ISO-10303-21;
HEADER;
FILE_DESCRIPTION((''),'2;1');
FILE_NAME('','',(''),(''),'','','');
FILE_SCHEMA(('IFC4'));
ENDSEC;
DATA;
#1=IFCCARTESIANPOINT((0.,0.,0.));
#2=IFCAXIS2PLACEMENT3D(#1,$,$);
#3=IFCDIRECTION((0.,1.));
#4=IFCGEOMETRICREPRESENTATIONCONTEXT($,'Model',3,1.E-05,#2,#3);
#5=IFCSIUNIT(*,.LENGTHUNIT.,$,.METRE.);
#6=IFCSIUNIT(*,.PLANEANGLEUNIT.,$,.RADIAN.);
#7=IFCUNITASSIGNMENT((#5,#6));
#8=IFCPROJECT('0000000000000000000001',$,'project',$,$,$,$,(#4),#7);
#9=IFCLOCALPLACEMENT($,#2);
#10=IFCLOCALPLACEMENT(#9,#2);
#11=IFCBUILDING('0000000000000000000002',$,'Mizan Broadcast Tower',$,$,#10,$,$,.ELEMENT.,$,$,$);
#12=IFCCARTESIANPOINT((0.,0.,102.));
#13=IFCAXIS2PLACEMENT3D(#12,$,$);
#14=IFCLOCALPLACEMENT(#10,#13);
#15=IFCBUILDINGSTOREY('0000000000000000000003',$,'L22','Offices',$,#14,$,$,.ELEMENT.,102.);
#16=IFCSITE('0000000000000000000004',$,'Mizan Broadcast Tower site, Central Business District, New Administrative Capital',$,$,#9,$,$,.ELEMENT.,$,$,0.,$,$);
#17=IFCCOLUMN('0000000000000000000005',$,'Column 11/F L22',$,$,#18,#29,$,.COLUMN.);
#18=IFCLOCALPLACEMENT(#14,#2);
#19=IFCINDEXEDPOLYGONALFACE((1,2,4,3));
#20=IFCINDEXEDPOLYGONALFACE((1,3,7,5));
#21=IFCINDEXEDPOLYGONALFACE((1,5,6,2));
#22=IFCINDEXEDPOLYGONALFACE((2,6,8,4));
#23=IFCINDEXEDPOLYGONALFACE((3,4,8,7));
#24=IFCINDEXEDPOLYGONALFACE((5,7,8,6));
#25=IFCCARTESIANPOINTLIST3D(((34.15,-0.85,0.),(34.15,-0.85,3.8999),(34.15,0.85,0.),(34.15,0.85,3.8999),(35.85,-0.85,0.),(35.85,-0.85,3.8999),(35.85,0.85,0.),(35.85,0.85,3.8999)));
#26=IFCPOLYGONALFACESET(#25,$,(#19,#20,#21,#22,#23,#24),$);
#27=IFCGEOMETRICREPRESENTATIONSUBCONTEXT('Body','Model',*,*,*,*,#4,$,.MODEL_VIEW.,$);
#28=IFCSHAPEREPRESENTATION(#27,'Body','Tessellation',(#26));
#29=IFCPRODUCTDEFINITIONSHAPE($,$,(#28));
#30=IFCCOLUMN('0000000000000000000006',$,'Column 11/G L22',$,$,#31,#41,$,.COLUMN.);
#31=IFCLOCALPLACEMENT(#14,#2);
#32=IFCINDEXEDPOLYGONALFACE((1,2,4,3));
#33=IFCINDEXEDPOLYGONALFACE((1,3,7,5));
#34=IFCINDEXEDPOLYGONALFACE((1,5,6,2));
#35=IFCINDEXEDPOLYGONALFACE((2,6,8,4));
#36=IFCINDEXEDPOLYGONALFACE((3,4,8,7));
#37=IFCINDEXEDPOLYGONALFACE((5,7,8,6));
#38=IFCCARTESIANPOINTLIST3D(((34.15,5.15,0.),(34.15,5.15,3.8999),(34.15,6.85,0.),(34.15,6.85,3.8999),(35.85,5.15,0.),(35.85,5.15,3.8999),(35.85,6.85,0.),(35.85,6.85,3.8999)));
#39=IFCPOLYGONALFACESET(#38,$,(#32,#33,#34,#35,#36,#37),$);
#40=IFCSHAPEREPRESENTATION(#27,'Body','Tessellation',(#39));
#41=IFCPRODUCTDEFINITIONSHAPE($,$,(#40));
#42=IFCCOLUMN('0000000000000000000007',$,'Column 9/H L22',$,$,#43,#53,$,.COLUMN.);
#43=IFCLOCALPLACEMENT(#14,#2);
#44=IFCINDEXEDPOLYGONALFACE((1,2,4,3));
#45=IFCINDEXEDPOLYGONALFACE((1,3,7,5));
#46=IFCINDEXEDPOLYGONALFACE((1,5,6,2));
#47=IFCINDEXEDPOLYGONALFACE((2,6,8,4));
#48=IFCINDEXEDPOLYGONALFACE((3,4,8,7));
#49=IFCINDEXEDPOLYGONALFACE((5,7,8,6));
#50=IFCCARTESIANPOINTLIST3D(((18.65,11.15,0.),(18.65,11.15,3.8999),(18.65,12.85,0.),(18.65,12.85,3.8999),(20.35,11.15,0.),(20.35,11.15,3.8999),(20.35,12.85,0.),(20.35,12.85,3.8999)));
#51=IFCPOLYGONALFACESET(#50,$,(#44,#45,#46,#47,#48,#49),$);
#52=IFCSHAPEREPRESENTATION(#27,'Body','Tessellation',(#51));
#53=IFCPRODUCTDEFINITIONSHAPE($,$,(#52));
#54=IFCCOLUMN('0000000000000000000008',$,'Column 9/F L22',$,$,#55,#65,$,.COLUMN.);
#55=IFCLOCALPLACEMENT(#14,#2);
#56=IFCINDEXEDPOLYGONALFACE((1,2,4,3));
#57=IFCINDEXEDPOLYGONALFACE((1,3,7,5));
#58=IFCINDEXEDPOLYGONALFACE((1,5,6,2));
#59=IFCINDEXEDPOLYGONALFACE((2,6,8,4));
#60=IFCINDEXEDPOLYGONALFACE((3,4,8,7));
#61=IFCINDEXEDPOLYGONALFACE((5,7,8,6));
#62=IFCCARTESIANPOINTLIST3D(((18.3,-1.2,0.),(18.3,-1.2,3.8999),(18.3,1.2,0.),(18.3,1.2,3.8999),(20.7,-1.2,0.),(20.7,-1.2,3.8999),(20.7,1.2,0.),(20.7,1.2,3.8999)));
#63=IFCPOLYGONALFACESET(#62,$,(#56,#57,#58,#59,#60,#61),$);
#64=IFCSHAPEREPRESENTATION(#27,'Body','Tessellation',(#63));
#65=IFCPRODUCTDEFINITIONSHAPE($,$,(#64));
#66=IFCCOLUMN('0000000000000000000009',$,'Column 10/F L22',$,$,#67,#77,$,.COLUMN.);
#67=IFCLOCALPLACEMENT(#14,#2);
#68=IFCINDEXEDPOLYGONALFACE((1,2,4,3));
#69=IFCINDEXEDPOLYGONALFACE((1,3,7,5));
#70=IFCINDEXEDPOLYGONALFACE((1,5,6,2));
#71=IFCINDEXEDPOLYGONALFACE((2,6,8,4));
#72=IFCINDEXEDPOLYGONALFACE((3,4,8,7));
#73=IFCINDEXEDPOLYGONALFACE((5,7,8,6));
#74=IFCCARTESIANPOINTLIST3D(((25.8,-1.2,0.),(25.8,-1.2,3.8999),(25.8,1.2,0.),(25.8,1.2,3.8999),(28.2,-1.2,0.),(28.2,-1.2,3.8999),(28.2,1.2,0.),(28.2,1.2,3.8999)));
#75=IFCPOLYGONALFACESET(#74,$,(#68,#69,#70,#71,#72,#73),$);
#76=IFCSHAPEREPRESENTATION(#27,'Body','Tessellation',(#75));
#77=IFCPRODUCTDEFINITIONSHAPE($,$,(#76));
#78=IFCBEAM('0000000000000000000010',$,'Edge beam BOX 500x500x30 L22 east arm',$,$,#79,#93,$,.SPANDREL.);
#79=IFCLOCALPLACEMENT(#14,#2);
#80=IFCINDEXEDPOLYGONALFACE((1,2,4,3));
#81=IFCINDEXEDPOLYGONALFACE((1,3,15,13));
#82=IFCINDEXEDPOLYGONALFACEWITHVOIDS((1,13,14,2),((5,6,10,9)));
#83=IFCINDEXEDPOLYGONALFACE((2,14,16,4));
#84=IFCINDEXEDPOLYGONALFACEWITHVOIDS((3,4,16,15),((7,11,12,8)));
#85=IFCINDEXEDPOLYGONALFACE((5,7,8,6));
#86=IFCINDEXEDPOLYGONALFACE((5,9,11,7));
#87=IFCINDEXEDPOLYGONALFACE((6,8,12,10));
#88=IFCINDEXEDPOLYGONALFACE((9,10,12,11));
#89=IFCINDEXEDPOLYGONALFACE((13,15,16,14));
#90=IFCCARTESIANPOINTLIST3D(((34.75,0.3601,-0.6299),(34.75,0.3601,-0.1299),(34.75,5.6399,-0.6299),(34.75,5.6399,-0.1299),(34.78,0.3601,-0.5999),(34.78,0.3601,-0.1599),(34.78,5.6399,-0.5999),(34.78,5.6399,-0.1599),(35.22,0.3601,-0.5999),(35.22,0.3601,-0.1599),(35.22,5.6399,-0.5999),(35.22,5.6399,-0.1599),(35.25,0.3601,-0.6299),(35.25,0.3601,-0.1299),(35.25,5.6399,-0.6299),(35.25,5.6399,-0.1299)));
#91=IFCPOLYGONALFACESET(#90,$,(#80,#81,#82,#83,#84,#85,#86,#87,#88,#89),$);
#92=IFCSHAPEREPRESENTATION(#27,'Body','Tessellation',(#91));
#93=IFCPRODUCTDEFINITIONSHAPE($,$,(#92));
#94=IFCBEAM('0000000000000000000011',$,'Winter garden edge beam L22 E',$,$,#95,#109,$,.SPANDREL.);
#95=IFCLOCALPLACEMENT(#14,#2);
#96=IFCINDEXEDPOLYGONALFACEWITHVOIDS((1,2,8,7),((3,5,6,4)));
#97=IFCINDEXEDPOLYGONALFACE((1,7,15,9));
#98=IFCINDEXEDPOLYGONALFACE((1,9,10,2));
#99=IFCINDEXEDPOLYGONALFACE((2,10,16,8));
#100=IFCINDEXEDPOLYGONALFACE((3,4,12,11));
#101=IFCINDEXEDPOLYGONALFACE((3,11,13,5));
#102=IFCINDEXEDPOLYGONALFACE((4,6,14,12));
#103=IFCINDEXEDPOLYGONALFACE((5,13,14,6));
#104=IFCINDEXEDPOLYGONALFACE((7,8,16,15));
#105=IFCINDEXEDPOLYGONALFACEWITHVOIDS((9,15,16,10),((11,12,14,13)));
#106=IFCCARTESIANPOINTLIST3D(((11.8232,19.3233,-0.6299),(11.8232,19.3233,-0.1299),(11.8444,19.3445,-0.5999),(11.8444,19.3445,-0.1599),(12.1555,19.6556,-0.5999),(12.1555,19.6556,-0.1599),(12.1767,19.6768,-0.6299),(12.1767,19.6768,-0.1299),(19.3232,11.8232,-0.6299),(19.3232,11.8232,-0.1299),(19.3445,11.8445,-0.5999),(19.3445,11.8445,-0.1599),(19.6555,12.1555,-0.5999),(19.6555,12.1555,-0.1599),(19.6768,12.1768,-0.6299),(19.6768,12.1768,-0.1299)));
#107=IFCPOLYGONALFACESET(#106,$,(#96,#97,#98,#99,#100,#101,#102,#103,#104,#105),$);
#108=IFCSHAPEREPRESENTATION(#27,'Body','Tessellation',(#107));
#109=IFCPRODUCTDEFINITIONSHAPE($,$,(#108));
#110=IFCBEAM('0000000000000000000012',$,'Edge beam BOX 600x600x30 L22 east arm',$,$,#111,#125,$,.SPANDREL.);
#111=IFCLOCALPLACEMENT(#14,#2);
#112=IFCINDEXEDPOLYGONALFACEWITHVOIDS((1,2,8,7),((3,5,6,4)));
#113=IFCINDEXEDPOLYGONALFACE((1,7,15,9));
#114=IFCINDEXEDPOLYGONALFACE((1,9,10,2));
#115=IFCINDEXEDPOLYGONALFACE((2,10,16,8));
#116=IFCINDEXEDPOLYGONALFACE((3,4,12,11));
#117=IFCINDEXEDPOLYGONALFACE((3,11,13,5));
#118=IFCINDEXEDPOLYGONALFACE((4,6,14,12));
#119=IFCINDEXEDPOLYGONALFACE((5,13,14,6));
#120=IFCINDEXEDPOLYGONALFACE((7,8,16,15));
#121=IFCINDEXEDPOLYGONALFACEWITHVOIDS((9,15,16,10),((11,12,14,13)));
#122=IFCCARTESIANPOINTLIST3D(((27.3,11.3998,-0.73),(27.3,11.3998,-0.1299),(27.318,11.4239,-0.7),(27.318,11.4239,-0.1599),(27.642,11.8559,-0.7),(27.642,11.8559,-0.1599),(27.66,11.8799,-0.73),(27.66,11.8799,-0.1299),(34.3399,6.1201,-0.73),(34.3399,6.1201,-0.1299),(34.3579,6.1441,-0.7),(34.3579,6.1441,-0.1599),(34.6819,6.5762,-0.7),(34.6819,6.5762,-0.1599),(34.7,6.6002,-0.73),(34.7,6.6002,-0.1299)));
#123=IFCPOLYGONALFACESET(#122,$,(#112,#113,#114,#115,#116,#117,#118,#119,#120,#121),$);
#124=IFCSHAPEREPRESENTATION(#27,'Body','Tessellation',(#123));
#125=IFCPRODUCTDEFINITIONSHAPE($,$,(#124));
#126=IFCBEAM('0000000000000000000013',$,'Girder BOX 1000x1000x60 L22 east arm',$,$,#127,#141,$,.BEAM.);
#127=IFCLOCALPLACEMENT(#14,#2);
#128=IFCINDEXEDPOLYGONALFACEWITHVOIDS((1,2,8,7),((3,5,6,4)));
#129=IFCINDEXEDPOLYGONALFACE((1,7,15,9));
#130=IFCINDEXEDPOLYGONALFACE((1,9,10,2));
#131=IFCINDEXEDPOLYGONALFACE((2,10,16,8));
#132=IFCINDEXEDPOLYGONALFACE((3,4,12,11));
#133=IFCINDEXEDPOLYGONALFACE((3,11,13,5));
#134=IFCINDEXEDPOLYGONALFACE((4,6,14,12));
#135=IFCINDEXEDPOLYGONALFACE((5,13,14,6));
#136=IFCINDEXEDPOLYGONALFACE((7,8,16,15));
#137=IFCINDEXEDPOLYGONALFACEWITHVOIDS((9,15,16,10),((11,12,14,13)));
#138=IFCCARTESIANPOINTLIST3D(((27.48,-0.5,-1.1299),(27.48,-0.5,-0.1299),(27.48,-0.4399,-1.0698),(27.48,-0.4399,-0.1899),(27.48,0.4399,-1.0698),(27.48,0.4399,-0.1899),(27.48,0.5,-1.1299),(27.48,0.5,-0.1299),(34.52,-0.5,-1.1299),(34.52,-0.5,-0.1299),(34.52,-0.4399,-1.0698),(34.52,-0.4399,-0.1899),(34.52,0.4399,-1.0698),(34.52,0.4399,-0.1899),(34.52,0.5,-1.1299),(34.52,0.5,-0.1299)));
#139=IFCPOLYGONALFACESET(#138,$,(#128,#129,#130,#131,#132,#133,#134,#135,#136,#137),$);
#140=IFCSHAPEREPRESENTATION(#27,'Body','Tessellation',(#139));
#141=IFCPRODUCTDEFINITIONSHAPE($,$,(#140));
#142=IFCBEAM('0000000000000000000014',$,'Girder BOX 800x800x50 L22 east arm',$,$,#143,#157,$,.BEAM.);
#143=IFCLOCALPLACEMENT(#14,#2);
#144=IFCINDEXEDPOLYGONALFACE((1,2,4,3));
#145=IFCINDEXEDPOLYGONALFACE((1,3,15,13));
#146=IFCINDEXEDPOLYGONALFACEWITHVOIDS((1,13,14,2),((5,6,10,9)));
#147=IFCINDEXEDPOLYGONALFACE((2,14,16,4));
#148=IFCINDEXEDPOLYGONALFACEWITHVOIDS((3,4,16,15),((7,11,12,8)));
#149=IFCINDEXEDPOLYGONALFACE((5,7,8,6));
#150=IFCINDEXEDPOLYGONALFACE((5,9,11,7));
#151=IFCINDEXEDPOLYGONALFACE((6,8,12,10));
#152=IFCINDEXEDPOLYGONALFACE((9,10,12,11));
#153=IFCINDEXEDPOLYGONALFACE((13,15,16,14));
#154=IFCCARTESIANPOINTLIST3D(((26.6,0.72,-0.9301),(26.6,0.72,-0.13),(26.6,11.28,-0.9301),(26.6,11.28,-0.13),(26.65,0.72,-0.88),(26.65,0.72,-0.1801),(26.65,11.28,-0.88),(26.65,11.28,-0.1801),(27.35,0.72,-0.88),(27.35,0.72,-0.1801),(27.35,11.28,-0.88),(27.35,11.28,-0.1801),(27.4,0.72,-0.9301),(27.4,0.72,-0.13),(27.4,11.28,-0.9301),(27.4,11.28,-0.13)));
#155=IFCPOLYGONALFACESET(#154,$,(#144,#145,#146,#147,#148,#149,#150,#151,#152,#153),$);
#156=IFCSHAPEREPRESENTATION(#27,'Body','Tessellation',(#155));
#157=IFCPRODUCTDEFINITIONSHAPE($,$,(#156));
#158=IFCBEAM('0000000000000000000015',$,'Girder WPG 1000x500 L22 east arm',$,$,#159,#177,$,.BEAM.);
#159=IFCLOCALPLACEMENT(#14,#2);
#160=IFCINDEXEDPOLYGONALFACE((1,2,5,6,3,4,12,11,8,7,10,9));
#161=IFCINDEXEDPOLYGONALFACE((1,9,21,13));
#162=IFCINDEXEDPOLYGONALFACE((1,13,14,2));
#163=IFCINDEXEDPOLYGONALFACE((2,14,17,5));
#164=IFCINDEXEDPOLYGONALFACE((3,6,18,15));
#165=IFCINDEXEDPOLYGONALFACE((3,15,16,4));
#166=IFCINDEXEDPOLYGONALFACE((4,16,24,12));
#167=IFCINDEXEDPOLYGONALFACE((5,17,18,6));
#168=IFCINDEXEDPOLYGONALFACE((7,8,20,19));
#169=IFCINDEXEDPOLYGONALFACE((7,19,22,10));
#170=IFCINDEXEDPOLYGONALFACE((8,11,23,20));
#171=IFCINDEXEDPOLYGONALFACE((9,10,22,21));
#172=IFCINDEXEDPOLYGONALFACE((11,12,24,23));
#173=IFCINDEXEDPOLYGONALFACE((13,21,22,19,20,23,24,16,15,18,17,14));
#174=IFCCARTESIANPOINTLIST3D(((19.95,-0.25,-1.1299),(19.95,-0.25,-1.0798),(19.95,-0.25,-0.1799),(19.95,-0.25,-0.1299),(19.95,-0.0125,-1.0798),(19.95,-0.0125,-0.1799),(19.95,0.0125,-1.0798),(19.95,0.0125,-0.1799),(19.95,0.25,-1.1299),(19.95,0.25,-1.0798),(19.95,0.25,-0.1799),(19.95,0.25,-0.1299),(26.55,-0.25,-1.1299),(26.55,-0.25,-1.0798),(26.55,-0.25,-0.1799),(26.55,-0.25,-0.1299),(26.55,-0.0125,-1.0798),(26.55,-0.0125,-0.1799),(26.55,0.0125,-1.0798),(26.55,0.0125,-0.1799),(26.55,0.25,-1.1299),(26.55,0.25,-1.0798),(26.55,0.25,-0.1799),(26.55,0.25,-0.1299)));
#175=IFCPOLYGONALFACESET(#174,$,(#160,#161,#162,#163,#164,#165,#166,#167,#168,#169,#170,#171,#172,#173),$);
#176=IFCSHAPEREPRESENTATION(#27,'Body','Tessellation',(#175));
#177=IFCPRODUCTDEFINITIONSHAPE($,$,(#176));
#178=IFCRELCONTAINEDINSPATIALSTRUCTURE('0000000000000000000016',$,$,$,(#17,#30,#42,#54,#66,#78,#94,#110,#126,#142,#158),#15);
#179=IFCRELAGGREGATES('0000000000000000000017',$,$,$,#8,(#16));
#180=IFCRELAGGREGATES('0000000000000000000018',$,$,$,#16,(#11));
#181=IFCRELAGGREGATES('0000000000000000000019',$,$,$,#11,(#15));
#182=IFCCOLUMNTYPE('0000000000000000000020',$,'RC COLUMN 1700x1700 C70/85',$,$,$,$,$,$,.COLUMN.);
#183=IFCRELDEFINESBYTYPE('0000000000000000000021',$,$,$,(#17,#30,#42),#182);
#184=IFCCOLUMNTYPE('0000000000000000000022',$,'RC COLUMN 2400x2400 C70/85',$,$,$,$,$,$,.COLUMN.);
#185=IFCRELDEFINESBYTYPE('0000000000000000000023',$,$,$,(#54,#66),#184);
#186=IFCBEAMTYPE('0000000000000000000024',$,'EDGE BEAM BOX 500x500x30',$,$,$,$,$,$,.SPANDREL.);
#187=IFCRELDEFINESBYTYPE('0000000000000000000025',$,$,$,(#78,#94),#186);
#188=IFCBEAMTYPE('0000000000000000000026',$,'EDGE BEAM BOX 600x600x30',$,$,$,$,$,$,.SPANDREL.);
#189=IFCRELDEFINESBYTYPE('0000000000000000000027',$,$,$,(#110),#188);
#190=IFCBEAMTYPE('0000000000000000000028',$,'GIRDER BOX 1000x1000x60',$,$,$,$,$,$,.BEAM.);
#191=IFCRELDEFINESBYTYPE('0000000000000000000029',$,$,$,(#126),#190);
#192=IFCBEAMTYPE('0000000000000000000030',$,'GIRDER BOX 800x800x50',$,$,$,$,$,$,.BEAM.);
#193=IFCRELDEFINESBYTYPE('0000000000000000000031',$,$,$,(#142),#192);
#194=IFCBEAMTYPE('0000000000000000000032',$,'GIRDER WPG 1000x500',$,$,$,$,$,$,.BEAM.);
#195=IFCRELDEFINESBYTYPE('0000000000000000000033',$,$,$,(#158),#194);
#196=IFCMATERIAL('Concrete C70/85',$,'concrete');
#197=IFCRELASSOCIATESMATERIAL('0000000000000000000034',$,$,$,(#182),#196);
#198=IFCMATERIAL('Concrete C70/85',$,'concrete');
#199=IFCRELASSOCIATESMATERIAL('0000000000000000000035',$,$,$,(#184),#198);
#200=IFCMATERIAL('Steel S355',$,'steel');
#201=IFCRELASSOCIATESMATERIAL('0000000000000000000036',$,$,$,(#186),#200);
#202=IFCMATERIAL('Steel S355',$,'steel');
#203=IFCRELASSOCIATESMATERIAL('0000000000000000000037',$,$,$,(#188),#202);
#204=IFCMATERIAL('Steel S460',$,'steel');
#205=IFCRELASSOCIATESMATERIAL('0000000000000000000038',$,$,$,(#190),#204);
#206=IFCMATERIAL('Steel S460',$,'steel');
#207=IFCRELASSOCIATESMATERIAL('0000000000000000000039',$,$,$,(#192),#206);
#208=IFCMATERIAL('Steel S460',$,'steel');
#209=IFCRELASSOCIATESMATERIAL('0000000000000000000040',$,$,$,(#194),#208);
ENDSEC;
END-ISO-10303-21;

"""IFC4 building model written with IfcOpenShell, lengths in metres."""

from ifc_helpers import new_model, si_unit, direction, frame, origin, origin_2d, place, context, subcontext, project, spatial, rectangle, hollow_rectangle, i_section, extrude, material, material_profile, profile_set, type_object, element, save


model = new_model("IFC4")

# Units and contexts
model_context = context("Model", 3, precision=1e-05, world=origin(), true_north=direction((0.0, 1.0)))
body_context = subcontext(model_context, "Body", "Model", "MODEL_VIEW")
ifc_project = project(units=[si_unit("LENGTHUNIT", "METRE"), si_unit("PLANEANGLEUNIT", "RADIAN")], contexts=[model_context])

# Site, building, storey
site_placement = place(None, origin())
site = spatial("IfcSite", under=ifc_project, at=site_placement, Name="Mizan Broadcast Tower site, Central Business District, New Administrative Capital", CompositionType="ELEMENT", RefElevation=0.0)
building_placement = place(site_placement, origin())
building = spatial("IfcBuilding", under=site, at=building_placement, Name="Mizan Broadcast Tower", CompositionType="ELEMENT")
storey_placement = place(building_placement, frame((0.0, 0.0, 102.0)))
storey = spatial("IfcBuildingStorey", under=building, at=storey_placement, Name="L22", Description="Offices", CompositionType="ELEMENT", Elevation=102.0)

# Columns
ifc_material_1 = material(Name="Concrete C70/85", Category="concrete")
ifc_material_profile_1 = material_profile(ifc_material_1, rectangle(XDim=1.7, YDim=1.7, at=origin_2d()), Name="RC 1700x1700")
ifc_profile_set_1 = profile_set([ifc_material_profile_1], Name="Concrete C70/85")
column_type_1 = type_object("IfcColumnType", Name="RC COLUMN 1700x1700 C70/85", PredefinedType="COLUMN", material=ifc_profile_set_1)
for number, where, z_axis, x_axis, name in (
    (1, (35.0, 0.0, 0.0), (0.0, 0.0, 1.0), (1.0, 0.0, 0.0), "Column 11/F L22"),
    (2, (35.0, 6.0, 0.0), (0.0, 0.0, 1.0), (1.0, 0.0, 0.0), "Column 11/G L22"),
    (3, (19.5, 12.0, 0.0), (0.0, 0.0, 1.0), (1.0, 0.0, 0.0), "Column 9/H L22"),
):
    element("IfcColumn", number, at=place(storey_placement, frame(where, z_axis=z_axis, x_axis=x_axis)), inside=storey, type_object=column_type_1, Name=name, PredefinedType="COLUMN", context=body_context, shape_type="SweptSolid", body=[
        extrude(rectangle(XDim=1.7, YDim=1.7, at=origin_2d()), origin(), (0.0, 0.0, 1.0), 3.8999),
    ])
ifc_material_2 = material(Name="Concrete C70/85", Category="concrete")
ifc_material_profile_2 = material_profile(ifc_material_2, rectangle(XDim=2.3999, YDim=2.3999, at=origin_2d()), Name="RC 2400x2400")
ifc_profile_set_2 = profile_set([ifc_material_profile_2], Name="Concrete C70/85")
column_type_2 = type_object("IfcColumnType", Name="RC COLUMN 2400x2400 C70/85", PredefinedType="COLUMN", material=ifc_profile_set_2)
for number, where, z_axis, x_axis, name in (
    (4, (19.5, 0.0, 0.0), (0.0, 0.0, 1.0), (1.0, 0.0, 0.0), "Column 9/F L22"),
    (5, (27.0, 0.0, 0.0), (0.0, 0.0, 1.0), (1.0, 0.0, 0.0), "Column 10/F L22"),
):
    element("IfcColumn", number, at=place(storey_placement, frame(where, z_axis=z_axis, x_axis=x_axis)), inside=storey, type_object=column_type_2, Name=name, PredefinedType="COLUMN", context=body_context, shape_type="SweptSolid", body=[
        extrude(rectangle(XDim=2.3999, YDim=2.3999, at=origin_2d()), origin(), (0.0, 0.0, 1.0), 3.8999),
    ])

# Beams
ifc_material_3 = material(Name="Steel S355", Category="steel")
ifc_material_profile_3 = material_profile(ifc_material_3, hollow_rectangle(XDim=0.5, YDim=0.5, WallThickness=0.03, at=origin_2d()), Name="BOX 500x500x30")
ifc_profile_set_3 = profile_set([ifc_material_profile_3], Name="Steel S355")
beam_type_1 = type_object("IfcBeamType", Name="EDGE BEAM BOX 500x500x30", PredefinedType="SPANDREL", material=ifc_profile_set_3)
beam_1_placement = place(storey_placement, frame((35.0, 5.6399, -0.3799), z_axis=(0.0, -1.0, 0.0), x_axis=(1.0, 0.0, 0.0)))
element("IfcBeam", 6, at=beam_1_placement, inside=storey, type_object=beam_type_1, Name="Edge beam BOX 500x500x30 L22 east arm", PredefinedType="SPANDREL", context=body_context, shape_type="SweptSolid", body=[
    extrude(hollow_rectangle(XDim=0.5, YDim=0.5, WallThickness=0.03, at=origin_2d()), origin(), (0.0, 0.0, 1.0), 5.2798),
])
beam_2_placement = place(storey_placement, frame((19.5, 12.0, -0.3799), z_axis=(-0.707107, 0.707107, 0.0), x_axis=(-0.707107, -0.707107, 0.0)))
element("IfcBeam", 7, at=beam_2_placement, inside=storey, type_object=beam_type_1, Name="Winter garden edge beam L22 E", PredefinedType="SPANDREL", context=body_context, shape_type="SweptSolid", body=[
    extrude(hollow_rectangle(XDim=0.5, YDim=0.5, WallThickness=0.03, at=origin_2d()), origin(), (0.0, 0.0, 1.0), 10.6067),
])
ifc_material_4 = material(Name="Steel S355", Category="steel")
ifc_material_profile_4 = material_profile(ifc_material_4, hollow_rectangle(XDim=0.6001, YDim=0.6001, WallThickness=0.03, at=origin_2d()), Name="BOX 600x600x30")
ifc_profile_set_4 = profile_set([ifc_material_profile_4], Name="Steel S355")
beam_type_2 = type_object("IfcBeamType", Name="EDGE BEAM BOX 600x600x30", PredefinedType="SPANDREL", material=ifc_profile_set_4)
beam_3_placement = place(storey_placement, frame((27.48, 11.6399, -0.4299), z_axis=(0.800013, -0.599982, 0.0), x_axis=(0.599982, 0.800013, 0.0)))
element("IfcBeam", 8, at=beam_3_placement, inside=storey, type_object=beam_type_2, Name="Edge beam BOX 600x600x30 L22 east arm", PredefinedType="SPANDREL", context=body_context, shape_type="SweptSolid", body=[
    extrude(hollow_rectangle(XDim=0.6001, YDim=0.6001, WallThickness=0.03, at=origin_2d()), origin(), (0.0, 0.0, 1.0), 8.7998),
])
ifc_material_5 = material(Name="Steel S460", Category="steel")
ifc_material_profile_5 = material_profile(ifc_material_5, hollow_rectangle(XDim=1.0, YDim=1.0, WallThickness=0.0601, at=origin_2d()), Name="BOX 1000x1000x60")
ifc_profile_set_5 = profile_set([ifc_material_profile_5], Name="Steel S460")
beam_type_3 = type_object("IfcBeamType", Name="GIRDER BOX 1000x1000x60", PredefinedType="BEAM", material=ifc_profile_set_5)
beam_4_placement = place(storey_placement, frame((27.48, 0.0, -0.6299), z_axis=(1.0, 0.0, 0.0), x_axis=(0.0, 1.0, 0.0)))
element("IfcBeam", 9, at=beam_4_placement, inside=storey, type_object=beam_type_3, Name="Girder BOX 1000x1000x60 L22 east arm", PredefinedType="BEAM", context=body_context, shape_type="SweptSolid", body=[
    extrude(hollow_rectangle(XDim=1.0, YDim=1.0, WallThickness=0.0601, at=origin_2d()), origin(), (0.0, 0.0, 1.0), 7.04),
])
ifc_material_6 = material(Name="Steel S460", Category="steel")
ifc_material_profile_6 = material_profile(ifc_material_6, hollow_rectangle(XDim=0.8, YDim=0.8, WallThickness=0.05, at=origin_2d()), Name="BOX 800x800x50")
ifc_profile_set_6 = profile_set([ifc_material_profile_6], Name="Steel S460")
beam_type_4 = type_object("IfcBeamType", Name="GIRDER BOX 800x800x50", PredefinedType="BEAM", material=ifc_profile_set_6)
beam_5_placement = place(storey_placement, frame((27.0, 11.28, -0.53), z_axis=(0.0, -1.0, 0.0), x_axis=(1.0, 0.0, 0.0)))
element("IfcBeam", 10, at=beam_5_placement, inside=storey, type_object=beam_type_4, Name="Girder BOX 800x800x50 L22 east arm", PredefinedType="BEAM", context=body_context, shape_type="SweptSolid", body=[
    extrude(hollow_rectangle(XDim=0.8, YDim=0.8, WallThickness=0.05, at=origin_2d()), origin(), (0.0, 0.0, 1.0), 10.5601),
])
ifc_material_7 = material(Name="Steel S460", Category="steel")
ifc_material_profile_7 = material_profile(ifc_material_7, i_section(OverallWidth=0.5, OverallDepth=1.0, WebThickness=0.0249, FlangeThickness=0.05, at=origin_2d()), Name="WPG 1000x500")
ifc_profile_set_7 = profile_set([ifc_material_profile_7], Name="Steel S460")
beam_type_5 = type_object("IfcBeamType", Name="GIRDER WPG 1000x500", PredefinedType="BEAM", material=ifc_profile_set_7)
beam_6_placement = place(storey_placement, frame((19.95, 0.0, -0.6299), z_axis=(1.0, 0.0, 0.0), x_axis=(0.0, 1.0, 0.0)))
element("IfcBeam", 11, at=beam_6_placement, inside=storey, type_object=beam_type_5, Name="Girder WPG 1000x500 L22 east arm", PredefinedType="BEAM", context=body_context, shape_type="SweptSolid", body=[
    extrude(i_section(OverallWidth=0.5, OverallDepth=1.0, WebThickness=0.0249, FlangeThickness=0.05, at=origin_2d()), origin(), (0.0, 0.0, 1.0), 6.6001),
])

save(model, "model.ifc")
